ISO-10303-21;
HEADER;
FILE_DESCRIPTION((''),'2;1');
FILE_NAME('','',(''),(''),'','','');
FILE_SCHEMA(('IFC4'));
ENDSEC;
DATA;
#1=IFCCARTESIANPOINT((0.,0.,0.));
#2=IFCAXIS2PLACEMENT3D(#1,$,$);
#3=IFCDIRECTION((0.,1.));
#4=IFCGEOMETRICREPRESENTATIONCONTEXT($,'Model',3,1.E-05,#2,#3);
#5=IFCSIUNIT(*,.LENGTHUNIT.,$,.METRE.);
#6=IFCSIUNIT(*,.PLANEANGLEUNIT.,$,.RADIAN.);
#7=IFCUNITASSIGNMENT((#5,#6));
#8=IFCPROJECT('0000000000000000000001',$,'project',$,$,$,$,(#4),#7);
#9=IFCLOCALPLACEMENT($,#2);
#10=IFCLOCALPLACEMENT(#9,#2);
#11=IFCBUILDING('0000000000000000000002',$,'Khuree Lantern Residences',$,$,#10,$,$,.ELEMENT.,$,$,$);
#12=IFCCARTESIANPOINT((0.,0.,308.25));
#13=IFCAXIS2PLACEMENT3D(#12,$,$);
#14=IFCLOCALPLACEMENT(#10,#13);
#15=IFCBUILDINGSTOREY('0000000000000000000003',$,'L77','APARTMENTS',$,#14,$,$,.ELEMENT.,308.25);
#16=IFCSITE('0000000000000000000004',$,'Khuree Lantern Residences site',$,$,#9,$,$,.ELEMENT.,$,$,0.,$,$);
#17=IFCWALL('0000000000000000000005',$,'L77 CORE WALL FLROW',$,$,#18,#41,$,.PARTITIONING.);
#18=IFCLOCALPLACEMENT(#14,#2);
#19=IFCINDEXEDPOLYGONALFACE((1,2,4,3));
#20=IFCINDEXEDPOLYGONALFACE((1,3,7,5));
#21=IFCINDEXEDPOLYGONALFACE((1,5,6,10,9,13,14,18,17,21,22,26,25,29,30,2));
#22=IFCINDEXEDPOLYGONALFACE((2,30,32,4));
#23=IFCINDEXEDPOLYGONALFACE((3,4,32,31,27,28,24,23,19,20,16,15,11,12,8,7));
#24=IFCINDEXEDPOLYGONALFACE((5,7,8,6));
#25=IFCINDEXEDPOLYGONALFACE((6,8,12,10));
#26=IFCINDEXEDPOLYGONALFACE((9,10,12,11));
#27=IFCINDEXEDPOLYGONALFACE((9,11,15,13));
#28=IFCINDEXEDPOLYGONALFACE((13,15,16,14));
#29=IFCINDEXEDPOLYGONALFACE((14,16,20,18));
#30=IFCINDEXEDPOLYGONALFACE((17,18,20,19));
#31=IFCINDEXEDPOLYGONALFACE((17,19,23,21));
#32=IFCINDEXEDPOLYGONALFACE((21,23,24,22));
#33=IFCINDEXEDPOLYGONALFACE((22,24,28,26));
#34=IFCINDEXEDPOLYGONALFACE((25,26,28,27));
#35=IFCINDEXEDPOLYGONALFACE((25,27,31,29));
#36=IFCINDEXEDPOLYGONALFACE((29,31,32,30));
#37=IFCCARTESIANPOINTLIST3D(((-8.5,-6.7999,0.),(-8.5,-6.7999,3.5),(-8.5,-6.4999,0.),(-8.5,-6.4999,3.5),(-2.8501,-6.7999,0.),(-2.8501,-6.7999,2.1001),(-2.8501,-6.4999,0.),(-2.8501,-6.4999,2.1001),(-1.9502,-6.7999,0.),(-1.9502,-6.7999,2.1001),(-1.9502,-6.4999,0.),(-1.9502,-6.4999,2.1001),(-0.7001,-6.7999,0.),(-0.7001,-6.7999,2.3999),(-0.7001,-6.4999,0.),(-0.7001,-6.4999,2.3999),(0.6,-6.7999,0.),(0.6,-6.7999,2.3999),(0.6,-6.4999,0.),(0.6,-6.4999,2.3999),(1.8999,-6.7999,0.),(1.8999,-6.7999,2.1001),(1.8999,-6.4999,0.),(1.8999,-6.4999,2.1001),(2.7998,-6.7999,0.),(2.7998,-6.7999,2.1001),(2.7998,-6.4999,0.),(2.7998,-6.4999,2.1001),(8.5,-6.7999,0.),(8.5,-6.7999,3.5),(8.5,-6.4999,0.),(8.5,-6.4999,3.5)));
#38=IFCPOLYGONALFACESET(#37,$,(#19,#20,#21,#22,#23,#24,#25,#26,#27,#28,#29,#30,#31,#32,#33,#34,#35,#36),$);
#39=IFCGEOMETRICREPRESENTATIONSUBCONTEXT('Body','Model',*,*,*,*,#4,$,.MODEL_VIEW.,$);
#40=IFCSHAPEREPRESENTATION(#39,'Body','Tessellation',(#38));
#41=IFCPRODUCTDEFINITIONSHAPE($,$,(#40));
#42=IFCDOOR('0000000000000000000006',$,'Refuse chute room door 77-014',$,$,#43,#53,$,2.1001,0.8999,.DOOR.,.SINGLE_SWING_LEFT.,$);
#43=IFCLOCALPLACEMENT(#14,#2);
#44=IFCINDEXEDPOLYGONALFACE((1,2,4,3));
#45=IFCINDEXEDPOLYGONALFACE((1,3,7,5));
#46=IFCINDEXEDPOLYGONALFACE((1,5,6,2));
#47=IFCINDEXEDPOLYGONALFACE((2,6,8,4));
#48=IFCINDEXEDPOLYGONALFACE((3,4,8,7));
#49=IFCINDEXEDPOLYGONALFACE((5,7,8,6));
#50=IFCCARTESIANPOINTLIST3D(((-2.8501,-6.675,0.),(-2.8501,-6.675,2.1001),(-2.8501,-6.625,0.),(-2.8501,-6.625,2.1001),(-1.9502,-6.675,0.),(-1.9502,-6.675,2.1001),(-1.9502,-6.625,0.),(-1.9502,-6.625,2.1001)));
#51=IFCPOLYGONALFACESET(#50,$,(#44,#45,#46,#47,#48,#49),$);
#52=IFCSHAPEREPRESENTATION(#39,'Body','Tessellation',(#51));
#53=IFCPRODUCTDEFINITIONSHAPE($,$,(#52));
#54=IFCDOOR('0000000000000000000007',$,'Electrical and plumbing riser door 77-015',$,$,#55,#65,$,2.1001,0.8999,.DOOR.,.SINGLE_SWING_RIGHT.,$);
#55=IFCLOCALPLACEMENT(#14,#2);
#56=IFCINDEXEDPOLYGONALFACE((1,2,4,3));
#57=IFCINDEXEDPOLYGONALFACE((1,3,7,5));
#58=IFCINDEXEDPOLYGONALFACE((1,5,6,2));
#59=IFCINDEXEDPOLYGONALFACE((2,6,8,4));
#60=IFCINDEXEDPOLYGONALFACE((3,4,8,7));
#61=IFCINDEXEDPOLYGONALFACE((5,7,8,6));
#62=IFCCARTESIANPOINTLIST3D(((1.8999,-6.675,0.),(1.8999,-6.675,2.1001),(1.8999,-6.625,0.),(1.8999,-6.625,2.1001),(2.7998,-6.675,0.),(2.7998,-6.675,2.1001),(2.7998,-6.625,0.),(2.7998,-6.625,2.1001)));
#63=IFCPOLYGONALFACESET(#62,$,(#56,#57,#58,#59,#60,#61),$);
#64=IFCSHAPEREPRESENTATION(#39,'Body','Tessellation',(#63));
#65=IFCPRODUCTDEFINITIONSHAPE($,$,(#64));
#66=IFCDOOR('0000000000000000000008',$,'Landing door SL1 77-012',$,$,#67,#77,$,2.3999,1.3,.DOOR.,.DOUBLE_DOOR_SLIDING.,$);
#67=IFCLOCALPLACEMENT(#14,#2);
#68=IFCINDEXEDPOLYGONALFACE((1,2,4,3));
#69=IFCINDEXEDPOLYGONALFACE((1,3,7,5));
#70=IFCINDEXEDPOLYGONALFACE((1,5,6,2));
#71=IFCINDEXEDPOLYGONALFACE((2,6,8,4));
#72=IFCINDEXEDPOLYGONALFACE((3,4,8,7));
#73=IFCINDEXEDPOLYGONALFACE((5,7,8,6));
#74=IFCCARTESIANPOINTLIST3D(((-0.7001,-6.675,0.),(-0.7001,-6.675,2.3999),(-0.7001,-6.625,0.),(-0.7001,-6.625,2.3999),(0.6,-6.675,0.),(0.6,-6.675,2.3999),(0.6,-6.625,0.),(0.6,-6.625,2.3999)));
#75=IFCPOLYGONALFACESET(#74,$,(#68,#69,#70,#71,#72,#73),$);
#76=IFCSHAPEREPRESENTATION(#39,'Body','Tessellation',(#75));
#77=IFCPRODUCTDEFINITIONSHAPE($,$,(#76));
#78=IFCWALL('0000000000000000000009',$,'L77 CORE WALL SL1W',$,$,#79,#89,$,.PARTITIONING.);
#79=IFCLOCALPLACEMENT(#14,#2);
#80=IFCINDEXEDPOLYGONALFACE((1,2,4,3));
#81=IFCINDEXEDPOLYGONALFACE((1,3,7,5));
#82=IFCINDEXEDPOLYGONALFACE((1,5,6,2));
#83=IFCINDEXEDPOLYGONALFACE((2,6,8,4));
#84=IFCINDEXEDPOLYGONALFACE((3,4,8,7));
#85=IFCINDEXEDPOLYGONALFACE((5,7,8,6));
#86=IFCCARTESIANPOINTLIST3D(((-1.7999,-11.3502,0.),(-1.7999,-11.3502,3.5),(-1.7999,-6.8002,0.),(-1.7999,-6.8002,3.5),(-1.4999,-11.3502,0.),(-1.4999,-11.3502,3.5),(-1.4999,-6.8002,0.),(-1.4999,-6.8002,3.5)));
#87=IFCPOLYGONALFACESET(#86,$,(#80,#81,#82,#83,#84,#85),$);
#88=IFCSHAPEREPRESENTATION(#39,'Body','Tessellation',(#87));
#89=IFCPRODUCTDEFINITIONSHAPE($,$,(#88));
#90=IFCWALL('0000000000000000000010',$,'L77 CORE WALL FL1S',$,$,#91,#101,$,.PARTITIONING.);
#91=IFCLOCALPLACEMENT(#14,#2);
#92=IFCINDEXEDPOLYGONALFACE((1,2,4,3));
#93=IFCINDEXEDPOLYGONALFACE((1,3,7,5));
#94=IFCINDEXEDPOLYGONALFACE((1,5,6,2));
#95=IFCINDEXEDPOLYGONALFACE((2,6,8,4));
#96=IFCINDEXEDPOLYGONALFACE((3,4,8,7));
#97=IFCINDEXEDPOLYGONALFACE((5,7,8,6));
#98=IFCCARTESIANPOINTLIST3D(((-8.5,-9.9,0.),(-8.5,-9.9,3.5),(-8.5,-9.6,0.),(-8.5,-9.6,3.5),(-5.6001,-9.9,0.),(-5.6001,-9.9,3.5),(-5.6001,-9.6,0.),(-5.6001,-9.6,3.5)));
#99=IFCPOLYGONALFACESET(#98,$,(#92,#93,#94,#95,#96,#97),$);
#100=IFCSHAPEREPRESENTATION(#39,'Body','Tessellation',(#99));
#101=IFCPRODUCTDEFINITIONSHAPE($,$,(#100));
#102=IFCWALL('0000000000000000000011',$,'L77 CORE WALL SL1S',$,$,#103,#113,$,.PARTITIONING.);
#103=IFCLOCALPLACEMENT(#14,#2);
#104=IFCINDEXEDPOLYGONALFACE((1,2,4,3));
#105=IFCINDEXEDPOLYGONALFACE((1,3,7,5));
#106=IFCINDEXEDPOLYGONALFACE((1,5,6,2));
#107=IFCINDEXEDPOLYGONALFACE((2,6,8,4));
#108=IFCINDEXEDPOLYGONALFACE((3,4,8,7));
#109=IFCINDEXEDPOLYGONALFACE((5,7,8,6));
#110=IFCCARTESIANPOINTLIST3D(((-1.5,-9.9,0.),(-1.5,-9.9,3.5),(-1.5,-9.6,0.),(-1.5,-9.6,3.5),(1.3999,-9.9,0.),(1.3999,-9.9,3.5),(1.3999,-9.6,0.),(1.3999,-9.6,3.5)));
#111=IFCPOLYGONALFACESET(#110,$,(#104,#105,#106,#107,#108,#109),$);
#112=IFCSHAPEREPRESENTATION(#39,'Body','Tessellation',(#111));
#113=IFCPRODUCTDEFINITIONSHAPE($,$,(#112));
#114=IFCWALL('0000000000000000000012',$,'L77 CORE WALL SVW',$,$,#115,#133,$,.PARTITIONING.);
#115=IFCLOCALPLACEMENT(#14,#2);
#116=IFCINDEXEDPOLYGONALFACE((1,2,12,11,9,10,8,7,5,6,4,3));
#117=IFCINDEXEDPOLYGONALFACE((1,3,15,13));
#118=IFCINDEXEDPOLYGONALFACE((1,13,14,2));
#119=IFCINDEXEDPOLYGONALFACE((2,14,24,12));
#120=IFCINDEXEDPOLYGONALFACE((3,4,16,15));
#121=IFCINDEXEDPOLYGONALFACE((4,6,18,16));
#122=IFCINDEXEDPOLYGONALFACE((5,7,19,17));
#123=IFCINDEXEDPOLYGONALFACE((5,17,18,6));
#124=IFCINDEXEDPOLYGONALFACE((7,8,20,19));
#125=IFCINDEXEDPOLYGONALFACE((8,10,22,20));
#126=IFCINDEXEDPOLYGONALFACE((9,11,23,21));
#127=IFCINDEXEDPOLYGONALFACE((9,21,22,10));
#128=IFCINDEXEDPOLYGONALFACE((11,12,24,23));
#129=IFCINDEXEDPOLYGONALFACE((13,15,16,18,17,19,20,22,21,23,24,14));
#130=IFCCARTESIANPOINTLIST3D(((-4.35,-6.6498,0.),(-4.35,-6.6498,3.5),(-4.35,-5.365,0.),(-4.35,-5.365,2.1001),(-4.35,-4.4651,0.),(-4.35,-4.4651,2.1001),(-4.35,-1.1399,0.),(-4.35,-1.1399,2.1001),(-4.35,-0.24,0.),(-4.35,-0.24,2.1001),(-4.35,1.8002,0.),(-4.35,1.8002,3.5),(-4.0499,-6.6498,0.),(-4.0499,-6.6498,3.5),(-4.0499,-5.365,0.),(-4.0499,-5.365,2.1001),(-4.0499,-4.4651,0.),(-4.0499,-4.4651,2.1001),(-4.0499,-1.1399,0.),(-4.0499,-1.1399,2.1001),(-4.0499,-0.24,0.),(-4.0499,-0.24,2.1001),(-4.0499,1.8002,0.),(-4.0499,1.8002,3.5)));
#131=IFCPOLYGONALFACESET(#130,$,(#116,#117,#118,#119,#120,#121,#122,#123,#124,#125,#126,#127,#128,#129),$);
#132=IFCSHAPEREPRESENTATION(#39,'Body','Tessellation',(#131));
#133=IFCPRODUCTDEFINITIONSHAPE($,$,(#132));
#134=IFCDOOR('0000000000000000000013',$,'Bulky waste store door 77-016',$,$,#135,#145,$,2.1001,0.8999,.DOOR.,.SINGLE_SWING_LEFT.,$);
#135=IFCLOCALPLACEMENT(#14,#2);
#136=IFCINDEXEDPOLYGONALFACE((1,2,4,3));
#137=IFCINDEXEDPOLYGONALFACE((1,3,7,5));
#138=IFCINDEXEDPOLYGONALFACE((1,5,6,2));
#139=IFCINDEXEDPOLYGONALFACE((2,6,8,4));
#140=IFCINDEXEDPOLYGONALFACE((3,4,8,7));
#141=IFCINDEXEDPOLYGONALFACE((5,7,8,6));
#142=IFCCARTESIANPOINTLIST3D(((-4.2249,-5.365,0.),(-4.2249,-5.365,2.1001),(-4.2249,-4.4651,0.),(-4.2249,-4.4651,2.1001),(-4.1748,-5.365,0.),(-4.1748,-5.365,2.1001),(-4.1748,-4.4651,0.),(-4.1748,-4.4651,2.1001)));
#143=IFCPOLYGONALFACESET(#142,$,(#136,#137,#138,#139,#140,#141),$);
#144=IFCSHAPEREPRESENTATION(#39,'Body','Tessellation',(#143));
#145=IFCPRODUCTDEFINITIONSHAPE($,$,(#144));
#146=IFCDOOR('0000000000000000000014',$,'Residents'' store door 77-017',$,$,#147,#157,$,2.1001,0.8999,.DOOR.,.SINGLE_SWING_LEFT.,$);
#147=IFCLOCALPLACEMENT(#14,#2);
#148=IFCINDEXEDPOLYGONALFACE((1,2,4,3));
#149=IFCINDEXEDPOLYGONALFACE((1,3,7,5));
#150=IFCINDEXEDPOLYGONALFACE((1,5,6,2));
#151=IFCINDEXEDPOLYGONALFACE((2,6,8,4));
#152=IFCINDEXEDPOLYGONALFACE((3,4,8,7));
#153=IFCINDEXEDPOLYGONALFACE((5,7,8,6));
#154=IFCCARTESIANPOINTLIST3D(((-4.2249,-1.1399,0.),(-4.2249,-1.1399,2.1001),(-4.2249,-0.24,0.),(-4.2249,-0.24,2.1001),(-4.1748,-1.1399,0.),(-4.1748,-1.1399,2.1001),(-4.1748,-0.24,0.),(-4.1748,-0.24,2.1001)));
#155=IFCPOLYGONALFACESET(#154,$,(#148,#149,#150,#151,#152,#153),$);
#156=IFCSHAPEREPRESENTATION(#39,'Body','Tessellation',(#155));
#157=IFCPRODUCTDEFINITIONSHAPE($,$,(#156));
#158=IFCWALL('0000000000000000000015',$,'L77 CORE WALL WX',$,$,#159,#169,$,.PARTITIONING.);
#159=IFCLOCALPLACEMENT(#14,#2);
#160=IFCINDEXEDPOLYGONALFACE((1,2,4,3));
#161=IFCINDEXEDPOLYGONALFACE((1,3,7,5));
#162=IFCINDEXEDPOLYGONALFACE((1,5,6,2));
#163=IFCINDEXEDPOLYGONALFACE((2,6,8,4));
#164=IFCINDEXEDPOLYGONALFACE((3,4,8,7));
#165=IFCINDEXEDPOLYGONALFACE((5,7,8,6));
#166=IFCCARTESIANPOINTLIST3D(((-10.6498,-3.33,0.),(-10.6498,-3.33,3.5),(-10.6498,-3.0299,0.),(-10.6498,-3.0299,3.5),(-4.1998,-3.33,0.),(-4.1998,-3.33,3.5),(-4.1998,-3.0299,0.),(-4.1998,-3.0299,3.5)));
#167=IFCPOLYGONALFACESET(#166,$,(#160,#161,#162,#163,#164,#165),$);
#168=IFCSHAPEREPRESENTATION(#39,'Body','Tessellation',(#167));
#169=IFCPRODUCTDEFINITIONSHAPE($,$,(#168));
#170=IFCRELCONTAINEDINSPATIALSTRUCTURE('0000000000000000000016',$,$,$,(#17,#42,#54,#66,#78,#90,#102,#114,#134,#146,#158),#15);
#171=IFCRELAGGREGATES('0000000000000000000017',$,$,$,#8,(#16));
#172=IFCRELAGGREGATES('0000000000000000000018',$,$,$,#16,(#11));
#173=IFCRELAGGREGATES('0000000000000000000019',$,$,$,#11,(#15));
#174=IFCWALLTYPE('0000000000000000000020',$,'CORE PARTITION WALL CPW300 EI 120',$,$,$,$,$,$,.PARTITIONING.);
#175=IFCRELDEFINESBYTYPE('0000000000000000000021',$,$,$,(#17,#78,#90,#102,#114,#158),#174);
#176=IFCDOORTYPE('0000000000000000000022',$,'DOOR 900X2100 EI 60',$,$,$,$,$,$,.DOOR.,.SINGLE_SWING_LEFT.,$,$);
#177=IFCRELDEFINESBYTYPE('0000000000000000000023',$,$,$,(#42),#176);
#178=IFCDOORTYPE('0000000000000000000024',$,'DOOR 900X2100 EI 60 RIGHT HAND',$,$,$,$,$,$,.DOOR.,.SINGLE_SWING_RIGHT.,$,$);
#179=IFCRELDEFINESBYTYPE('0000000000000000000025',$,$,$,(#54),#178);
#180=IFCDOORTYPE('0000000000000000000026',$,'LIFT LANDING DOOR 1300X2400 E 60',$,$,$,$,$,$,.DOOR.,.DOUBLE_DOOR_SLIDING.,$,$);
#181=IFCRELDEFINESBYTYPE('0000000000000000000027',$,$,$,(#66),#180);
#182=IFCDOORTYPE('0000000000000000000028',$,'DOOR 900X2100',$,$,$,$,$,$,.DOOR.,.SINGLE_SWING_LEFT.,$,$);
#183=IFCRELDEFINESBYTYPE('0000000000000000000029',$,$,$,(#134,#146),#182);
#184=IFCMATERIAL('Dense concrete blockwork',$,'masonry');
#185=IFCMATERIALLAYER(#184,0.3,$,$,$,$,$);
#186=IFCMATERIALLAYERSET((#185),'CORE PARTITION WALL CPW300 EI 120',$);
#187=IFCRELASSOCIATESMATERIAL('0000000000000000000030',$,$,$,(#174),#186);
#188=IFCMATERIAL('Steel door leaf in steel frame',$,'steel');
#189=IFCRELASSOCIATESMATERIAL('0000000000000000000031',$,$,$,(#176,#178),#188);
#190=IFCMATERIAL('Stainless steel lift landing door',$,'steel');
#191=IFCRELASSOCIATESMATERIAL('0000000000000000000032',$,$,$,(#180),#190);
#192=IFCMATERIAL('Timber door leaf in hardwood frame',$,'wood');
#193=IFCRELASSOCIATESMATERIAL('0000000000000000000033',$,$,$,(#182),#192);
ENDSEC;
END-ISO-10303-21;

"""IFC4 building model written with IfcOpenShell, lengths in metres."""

from ifc_helpers import new_model, si_unit, direction, frame, frame_2d, origin, place, context, subcontext, project, spatial, rectangle, extrude, material, layer, layer_set, type_object, element, fill, save


model = new_model("IFC4")

# Units and contexts
model_context = context("Model", 3, precision=1e-05, world=origin(), true_north=direction((0.0, 1.0)))
body_context = subcontext(model_context, "Body", "Model", "MODEL_VIEW")
ifc_project = project(units=[si_unit("LENGTHUNIT", "METRE"), si_unit("PLANEANGLEUNIT", "RADIAN")], contexts=[model_context])

# Site, building, storey
site_placement = place(None, origin())
site = spatial("IfcSite", under=ifc_project, at=site_placement, Name="Khuree Lantern Residences site", CompositionType="ELEMENT", RefElevation=0.0)
building_placement = place(site_placement, origin())
building = spatial("IfcBuilding", under=site, at=building_placement, Name="Khuree Lantern Residences", CompositionType="ELEMENT")
storey_placement = place(building_placement, frame((0.0, 0.0, 308.25)))
storey = spatial("IfcBuildingStorey", under=building, at=storey_placement, Name="L77", Description="APARTMENTS", CompositionType="ELEMENT", Elevation=308.25)

# Wall, openings, doors
ifc_material_1 = material(Name="Dense concrete blockwork", Category="masonry")
ifc_layer_1 = layer(ifc_material_1, 0.3)
ifc_layer_set_1 = layer_set([ifc_layer_1], Name="CORE PARTITION WALL CPW300 EI 120")
wall_type_1 = type_object("IfcWallType", Name="CORE PARTITION WALL CPW300 EI 120", PredefinedType="PARTITIONING", material=ifc_layer_set_1)
wall_1_placement = place(storey_placement, frame((-8.5, -6.6499, 0.0), z_axis=(0.0, 0.0, 1.0), x_axis=(1.0, 0.0, 0.0)))
wall_1 = element("IfcWall", 1, at=wall_1_placement, inside=storey, type_object=wall_type_1, Name="L77 CORE WALL FLROW", PredefinedType="PARTITIONING", context=body_context, shape_type="SweptSolid", body=[
    extrude(rectangle(XDim=17.0, YDim=0.3, at=frame_2d((8.5, 0.0))), origin(), (0.0, 0.0, 1.0), 3.5),
])
opening_1_placement = place(wall_1_placement, frame((7.8, 0.0, 0.0)))
opening_1 = element("IfcOpeningElement", 2, at=opening_1_placement, cuts=wall_1, PredefinedType="OPENING", context=body_context, shape_type="SweptSolid", body=[
    extrude(rectangle(XDim=1.3, YDim=2.3999, at=frame_2d((0.6499, 1.2))), frame((0.0, 0.1602, 0.0), z_axis=(0.0, -1.0, 0.0), x_axis=(1.0, 0.0, 0.0)), (0.0, 0.0, 1.0), 0.3201),
])
opening_2_placement = place(wall_1_placement, frame((5.6499, 0.0, 0.0)))
opening_2 = element("IfcOpeningElement", 3, at=opening_2_placement, cuts=wall_1, PredefinedType="OPENING", context=body_context, shape_type="SweptSolid", body=[
    extrude(rectangle(XDim=0.8999, YDim=2.1001, at=frame_2d((0.45, 1.05))), frame((0.0, 0.1602, 0.0), z_axis=(0.0, -1.0, 0.0), x_axis=(1.0, 0.0, 0.0)), (0.0, 0.0, 1.0), 0.3201),
])
opening_3_placement = place(wall_1_placement, frame((10.3999, 0.0, 0.0)))
opening_3 = element("IfcOpeningElement", 4, at=opening_3_placement, cuts=wall_1, PredefinedType="OPENING", context=body_context, shape_type="SweptSolid", body=[
    extrude(rectangle(XDim=0.8999, YDim=2.1001, at=frame_2d((0.45, 1.05))), frame((0.0, 0.1602, 0.0), z_axis=(0.0, -1.0, 0.0), x_axis=(1.0, 0.0, 0.0)), (0.0, 0.0, 1.0), 0.3201),
])
ifc_material_2 = material(Name="Steel door leaf in steel frame", Category="steel")
door_type_1 = type_object("IfcDoorType", Name="DOOR 900X2100 EI 60", OperationType="SINGLE_SWING_LEFT", PredefinedType="DOOR", material=ifc_material_2)
door_1_placement = place(opening_2_placement, origin())
door_1 = element("IfcDoor", 5, at=door_1_placement, inside=storey, type_object=door_type_1, Name="Refuse chute room door 77-014", OperationType="SINGLE_SWING_LEFT", OverallHeight=2.1001, OverallWidth=0.8999, PredefinedType="DOOR", context=body_context, shape_type="SweptSolid", body=[
    extrude(rectangle(XDim=0.8999, YDim=2.1001, at=frame_2d((0.45, 1.05))), frame((0.0, 0.0249, 0.0), z_axis=(0.0, -1.0, 0.0), x_axis=(1.0, 0.0, 0.0)), (0.0, 0.0, 1.0), 0.05),
])
fill(opening_2, door_1)
door_type_2 = type_object("IfcDoorType", Name="DOOR 900X2100 EI 60 RIGHT HAND", OperationType="SINGLE_SWING_RIGHT", PredefinedType="DOOR", material=ifc_material_2)
door_2_placement = place(opening_3_placement, origin())
door_2 = element("IfcDoor", 6, at=door_2_placement, inside=storey, type_object=door_type_2, Name="Electrical and plumbing riser door 77-015", OperationType="SINGLE_SWING_RIGHT", OverallHeight=2.1001, OverallWidth=0.8999, PredefinedType="DOOR", context=body_context, shape_type="SweptSolid", body=[
    extrude(rectangle(XDim=0.8999, YDim=2.1001, at=frame_2d((0.45, 1.05))), frame((0.0, 0.0249, 0.0), z_axis=(0.0, -1.0, 0.0), x_axis=(1.0, 0.0, 0.0)), (0.0, 0.0, 1.0), 0.05),
])
fill(opening_3, door_2)
ifc_material_3 = material(Name="Stainless steel lift landing door", Category="steel")
door_type_3 = type_object("IfcDoorType", Name="LIFT LANDING DOOR 1300X2400 E 60", OperationType="DOUBLE_DOOR_SLIDING", PredefinedType="DOOR", material=ifc_material_3)
door_3_placement = place(opening_1_placement, origin())
door_3 = element("IfcDoor", 7, at=door_3_placement, inside=storey, type_object=door_type_3, Name="Landing door SL1 77-012", OperationType="DOUBLE_DOOR_SLIDING", OverallHeight=2.3999, OverallWidth=1.3, PredefinedType="DOOR", context=body_context, shape_type="SweptSolid", body=[
    extrude(rectangle(XDim=1.3, YDim=2.3999, at=frame_2d((0.6499, 1.2))), frame((0.0, 0.0249, 0.0), z_axis=(0.0, -1.0, 0.0), x_axis=(1.0, 0.0, 0.0)), (0.0, 0.0, 1.0), 0.05),
])
fill(opening_1, door_3)

# Walls
wall_2_placement = place(storey_placement, frame((-1.6499, -11.3501, 0.0), z_axis=(0.0, 0.0, 1.0), x_axis=(0.0, 1.0, 0.0)))
element("IfcWall", 8, at=wall_2_placement, inside=storey, type_object=wall_type_1, Name="L77 CORE WALL SL1W", PredefinedType="PARTITIONING", context=body_context, shape_type="SweptSolid", body=[
    extrude(rectangle(XDim=4.55, YDim=0.3, at=frame_2d((2.2749, 0.0))), origin(), (0.0, 0.0, 1.0), 3.5),
])
for number, where, z_axis, x_axis, name in (
    (9, (-8.5, -9.75, 0.0), (0.0, 0.0, 1.0), (1.0, 0.0, 0.0), "L77 CORE WALL FL1S"),
    (10, (-1.5, -9.75, 0.0), (0.0, 0.0, 1.0), (1.0, 0.0, 0.0), "L77 CORE WALL SL1S"),
):
    element("IfcWall", number, at=place(storey_placement, frame(where, z_axis=z_axis, x_axis=x_axis)), inside=storey, type_object=wall_type_1, Name=name, PredefinedType="PARTITIONING", context=body_context, shape_type="SweptSolid", body=[
        extrude(rectangle(XDim=2.8999, YDim=0.3, at=frame_2d((1.45, 0.0))), origin(), (0.0, 0.0, 1.0), 3.5),
    ])

# Wall, openings, doors
wall_3_placement = place(storey_placement, frame((-4.2, -6.6499, 0.0), z_axis=(0.0, 0.0, 1.0), x_axis=(0.0, 1.0, 0.0)))
wall_3 = element("IfcWall", 11, at=wall_3_placement, inside=storey, type_object=wall_type_1, Name="L77 CORE WALL SVW", PredefinedType="PARTITIONING", context=body_context, shape_type="SweptSolid", body=[
    extrude(rectangle(XDim=8.45, YDim=0.3, at=frame_2d((4.2251, 0.0))), origin(), (0.0, 0.0, 1.0), 3.5),
])
opening_4_placement = place(wall_3_placement, frame((1.2849, 0.0, 0.0)))
opening_4 = element("IfcOpeningElement", 12, at=opening_4_placement, cuts=wall_3, PredefinedType="OPENING", context=body_context, shape_type="SweptSolid", body=[
    extrude(rectangle(XDim=0.8999, YDim=2.1001, at=frame_2d((0.45, 1.05))), frame((0.0, 0.1602, 0.0), z_axis=(0.0, -1.0, 0.0), x_axis=(1.0, 0.0, 0.0)), (0.0, 0.0, 1.0), 0.3201),
])
opening_5_placement = place(wall_3_placement, frame((5.51, 0.0, 0.0)))
opening_5 = element("IfcOpeningElement", 13, at=opening_5_placement, cuts=wall_3, PredefinedType="OPENING", context=body_context, shape_type="SweptSolid", body=[
    extrude(rectangle(XDim=0.8999, YDim=2.1001, at=frame_2d((0.45, 1.05))), frame((0.0, 0.1602, 0.0), z_axis=(0.0, -1.0, 0.0), x_axis=(1.0, 0.0, 0.0)), (0.0, 0.0, 1.0), 0.3201),
])
ifc_material_4 = material(Name="Timber door leaf in hardwood frame", Category="wood")
door_type_4 = type_object("IfcDoorType", Name="DOOR 900X2100", OperationType="SINGLE_SWING_LEFT", PredefinedType="DOOR", material=ifc_material_4)
door_4_placement = place(opening_4_placement, origin())
door_4 = element("IfcDoor", 14, at=door_4_placement, inside=storey, type_object=door_type_4, Name="Bulky waste store door 77-016", OperationType="SINGLE_SWING_LEFT", OverallHeight=2.1001, OverallWidth=0.8999, PredefinedType="DOOR", context=body_context, shape_type="SweptSolid", body=[
    extrude(rectangle(XDim=0.8999, YDim=2.1001, at=frame_2d((0.45, 1.05))), frame((0.0, 0.0249, 0.0), z_axis=(0.0, -1.0, 0.0), x_axis=(1.0, 0.0, 0.0)), (0.0, 0.0, 1.0), 0.05),
])
fill(opening_4, door_4)
door_5_placement = place(opening_5_placement, origin())
door_5 = element("IfcDoor", 15, at=door_5_placement, inside=storey, type_object=door_type_4, Name="Residents' store door 77-017", OperationType="SINGLE_SWING_LEFT", OverallHeight=2.1001, OverallWidth=0.8999, PredefinedType="DOOR", context=body_context, shape_type="SweptSolid", body=[
    extrude(rectangle(XDim=0.8999, YDim=2.1001, at=frame_2d((0.45, 1.05))), frame((0.0, 0.0249, 0.0), z_axis=(0.0, -1.0, 0.0), x_axis=(1.0, 0.0, 0.0)), (0.0, 0.0, 1.0), 0.05),
])
fill(opening_5, door_5)

# Wall
wall_4_placement = place(storey_placement, frame((-10.6499, -3.1799, 0.0), z_axis=(0.0, 0.0, 1.0), x_axis=(1.0, 0.0, 0.0)))
element("IfcWall", 16, at=wall_4_placement, inside=storey, type_object=wall_type_1, Name="L77 CORE WALL WX", PredefinedType="PARTITIONING", context=body_context, shape_type="SweptSolid", body=[
    extrude(rectangle(XDim=6.45, YDim=0.3, at=frame_2d((3.2251, 0.0))), origin(), (0.0, 0.0, 1.0), 3.5),
])

save(model, "model.ifc")
